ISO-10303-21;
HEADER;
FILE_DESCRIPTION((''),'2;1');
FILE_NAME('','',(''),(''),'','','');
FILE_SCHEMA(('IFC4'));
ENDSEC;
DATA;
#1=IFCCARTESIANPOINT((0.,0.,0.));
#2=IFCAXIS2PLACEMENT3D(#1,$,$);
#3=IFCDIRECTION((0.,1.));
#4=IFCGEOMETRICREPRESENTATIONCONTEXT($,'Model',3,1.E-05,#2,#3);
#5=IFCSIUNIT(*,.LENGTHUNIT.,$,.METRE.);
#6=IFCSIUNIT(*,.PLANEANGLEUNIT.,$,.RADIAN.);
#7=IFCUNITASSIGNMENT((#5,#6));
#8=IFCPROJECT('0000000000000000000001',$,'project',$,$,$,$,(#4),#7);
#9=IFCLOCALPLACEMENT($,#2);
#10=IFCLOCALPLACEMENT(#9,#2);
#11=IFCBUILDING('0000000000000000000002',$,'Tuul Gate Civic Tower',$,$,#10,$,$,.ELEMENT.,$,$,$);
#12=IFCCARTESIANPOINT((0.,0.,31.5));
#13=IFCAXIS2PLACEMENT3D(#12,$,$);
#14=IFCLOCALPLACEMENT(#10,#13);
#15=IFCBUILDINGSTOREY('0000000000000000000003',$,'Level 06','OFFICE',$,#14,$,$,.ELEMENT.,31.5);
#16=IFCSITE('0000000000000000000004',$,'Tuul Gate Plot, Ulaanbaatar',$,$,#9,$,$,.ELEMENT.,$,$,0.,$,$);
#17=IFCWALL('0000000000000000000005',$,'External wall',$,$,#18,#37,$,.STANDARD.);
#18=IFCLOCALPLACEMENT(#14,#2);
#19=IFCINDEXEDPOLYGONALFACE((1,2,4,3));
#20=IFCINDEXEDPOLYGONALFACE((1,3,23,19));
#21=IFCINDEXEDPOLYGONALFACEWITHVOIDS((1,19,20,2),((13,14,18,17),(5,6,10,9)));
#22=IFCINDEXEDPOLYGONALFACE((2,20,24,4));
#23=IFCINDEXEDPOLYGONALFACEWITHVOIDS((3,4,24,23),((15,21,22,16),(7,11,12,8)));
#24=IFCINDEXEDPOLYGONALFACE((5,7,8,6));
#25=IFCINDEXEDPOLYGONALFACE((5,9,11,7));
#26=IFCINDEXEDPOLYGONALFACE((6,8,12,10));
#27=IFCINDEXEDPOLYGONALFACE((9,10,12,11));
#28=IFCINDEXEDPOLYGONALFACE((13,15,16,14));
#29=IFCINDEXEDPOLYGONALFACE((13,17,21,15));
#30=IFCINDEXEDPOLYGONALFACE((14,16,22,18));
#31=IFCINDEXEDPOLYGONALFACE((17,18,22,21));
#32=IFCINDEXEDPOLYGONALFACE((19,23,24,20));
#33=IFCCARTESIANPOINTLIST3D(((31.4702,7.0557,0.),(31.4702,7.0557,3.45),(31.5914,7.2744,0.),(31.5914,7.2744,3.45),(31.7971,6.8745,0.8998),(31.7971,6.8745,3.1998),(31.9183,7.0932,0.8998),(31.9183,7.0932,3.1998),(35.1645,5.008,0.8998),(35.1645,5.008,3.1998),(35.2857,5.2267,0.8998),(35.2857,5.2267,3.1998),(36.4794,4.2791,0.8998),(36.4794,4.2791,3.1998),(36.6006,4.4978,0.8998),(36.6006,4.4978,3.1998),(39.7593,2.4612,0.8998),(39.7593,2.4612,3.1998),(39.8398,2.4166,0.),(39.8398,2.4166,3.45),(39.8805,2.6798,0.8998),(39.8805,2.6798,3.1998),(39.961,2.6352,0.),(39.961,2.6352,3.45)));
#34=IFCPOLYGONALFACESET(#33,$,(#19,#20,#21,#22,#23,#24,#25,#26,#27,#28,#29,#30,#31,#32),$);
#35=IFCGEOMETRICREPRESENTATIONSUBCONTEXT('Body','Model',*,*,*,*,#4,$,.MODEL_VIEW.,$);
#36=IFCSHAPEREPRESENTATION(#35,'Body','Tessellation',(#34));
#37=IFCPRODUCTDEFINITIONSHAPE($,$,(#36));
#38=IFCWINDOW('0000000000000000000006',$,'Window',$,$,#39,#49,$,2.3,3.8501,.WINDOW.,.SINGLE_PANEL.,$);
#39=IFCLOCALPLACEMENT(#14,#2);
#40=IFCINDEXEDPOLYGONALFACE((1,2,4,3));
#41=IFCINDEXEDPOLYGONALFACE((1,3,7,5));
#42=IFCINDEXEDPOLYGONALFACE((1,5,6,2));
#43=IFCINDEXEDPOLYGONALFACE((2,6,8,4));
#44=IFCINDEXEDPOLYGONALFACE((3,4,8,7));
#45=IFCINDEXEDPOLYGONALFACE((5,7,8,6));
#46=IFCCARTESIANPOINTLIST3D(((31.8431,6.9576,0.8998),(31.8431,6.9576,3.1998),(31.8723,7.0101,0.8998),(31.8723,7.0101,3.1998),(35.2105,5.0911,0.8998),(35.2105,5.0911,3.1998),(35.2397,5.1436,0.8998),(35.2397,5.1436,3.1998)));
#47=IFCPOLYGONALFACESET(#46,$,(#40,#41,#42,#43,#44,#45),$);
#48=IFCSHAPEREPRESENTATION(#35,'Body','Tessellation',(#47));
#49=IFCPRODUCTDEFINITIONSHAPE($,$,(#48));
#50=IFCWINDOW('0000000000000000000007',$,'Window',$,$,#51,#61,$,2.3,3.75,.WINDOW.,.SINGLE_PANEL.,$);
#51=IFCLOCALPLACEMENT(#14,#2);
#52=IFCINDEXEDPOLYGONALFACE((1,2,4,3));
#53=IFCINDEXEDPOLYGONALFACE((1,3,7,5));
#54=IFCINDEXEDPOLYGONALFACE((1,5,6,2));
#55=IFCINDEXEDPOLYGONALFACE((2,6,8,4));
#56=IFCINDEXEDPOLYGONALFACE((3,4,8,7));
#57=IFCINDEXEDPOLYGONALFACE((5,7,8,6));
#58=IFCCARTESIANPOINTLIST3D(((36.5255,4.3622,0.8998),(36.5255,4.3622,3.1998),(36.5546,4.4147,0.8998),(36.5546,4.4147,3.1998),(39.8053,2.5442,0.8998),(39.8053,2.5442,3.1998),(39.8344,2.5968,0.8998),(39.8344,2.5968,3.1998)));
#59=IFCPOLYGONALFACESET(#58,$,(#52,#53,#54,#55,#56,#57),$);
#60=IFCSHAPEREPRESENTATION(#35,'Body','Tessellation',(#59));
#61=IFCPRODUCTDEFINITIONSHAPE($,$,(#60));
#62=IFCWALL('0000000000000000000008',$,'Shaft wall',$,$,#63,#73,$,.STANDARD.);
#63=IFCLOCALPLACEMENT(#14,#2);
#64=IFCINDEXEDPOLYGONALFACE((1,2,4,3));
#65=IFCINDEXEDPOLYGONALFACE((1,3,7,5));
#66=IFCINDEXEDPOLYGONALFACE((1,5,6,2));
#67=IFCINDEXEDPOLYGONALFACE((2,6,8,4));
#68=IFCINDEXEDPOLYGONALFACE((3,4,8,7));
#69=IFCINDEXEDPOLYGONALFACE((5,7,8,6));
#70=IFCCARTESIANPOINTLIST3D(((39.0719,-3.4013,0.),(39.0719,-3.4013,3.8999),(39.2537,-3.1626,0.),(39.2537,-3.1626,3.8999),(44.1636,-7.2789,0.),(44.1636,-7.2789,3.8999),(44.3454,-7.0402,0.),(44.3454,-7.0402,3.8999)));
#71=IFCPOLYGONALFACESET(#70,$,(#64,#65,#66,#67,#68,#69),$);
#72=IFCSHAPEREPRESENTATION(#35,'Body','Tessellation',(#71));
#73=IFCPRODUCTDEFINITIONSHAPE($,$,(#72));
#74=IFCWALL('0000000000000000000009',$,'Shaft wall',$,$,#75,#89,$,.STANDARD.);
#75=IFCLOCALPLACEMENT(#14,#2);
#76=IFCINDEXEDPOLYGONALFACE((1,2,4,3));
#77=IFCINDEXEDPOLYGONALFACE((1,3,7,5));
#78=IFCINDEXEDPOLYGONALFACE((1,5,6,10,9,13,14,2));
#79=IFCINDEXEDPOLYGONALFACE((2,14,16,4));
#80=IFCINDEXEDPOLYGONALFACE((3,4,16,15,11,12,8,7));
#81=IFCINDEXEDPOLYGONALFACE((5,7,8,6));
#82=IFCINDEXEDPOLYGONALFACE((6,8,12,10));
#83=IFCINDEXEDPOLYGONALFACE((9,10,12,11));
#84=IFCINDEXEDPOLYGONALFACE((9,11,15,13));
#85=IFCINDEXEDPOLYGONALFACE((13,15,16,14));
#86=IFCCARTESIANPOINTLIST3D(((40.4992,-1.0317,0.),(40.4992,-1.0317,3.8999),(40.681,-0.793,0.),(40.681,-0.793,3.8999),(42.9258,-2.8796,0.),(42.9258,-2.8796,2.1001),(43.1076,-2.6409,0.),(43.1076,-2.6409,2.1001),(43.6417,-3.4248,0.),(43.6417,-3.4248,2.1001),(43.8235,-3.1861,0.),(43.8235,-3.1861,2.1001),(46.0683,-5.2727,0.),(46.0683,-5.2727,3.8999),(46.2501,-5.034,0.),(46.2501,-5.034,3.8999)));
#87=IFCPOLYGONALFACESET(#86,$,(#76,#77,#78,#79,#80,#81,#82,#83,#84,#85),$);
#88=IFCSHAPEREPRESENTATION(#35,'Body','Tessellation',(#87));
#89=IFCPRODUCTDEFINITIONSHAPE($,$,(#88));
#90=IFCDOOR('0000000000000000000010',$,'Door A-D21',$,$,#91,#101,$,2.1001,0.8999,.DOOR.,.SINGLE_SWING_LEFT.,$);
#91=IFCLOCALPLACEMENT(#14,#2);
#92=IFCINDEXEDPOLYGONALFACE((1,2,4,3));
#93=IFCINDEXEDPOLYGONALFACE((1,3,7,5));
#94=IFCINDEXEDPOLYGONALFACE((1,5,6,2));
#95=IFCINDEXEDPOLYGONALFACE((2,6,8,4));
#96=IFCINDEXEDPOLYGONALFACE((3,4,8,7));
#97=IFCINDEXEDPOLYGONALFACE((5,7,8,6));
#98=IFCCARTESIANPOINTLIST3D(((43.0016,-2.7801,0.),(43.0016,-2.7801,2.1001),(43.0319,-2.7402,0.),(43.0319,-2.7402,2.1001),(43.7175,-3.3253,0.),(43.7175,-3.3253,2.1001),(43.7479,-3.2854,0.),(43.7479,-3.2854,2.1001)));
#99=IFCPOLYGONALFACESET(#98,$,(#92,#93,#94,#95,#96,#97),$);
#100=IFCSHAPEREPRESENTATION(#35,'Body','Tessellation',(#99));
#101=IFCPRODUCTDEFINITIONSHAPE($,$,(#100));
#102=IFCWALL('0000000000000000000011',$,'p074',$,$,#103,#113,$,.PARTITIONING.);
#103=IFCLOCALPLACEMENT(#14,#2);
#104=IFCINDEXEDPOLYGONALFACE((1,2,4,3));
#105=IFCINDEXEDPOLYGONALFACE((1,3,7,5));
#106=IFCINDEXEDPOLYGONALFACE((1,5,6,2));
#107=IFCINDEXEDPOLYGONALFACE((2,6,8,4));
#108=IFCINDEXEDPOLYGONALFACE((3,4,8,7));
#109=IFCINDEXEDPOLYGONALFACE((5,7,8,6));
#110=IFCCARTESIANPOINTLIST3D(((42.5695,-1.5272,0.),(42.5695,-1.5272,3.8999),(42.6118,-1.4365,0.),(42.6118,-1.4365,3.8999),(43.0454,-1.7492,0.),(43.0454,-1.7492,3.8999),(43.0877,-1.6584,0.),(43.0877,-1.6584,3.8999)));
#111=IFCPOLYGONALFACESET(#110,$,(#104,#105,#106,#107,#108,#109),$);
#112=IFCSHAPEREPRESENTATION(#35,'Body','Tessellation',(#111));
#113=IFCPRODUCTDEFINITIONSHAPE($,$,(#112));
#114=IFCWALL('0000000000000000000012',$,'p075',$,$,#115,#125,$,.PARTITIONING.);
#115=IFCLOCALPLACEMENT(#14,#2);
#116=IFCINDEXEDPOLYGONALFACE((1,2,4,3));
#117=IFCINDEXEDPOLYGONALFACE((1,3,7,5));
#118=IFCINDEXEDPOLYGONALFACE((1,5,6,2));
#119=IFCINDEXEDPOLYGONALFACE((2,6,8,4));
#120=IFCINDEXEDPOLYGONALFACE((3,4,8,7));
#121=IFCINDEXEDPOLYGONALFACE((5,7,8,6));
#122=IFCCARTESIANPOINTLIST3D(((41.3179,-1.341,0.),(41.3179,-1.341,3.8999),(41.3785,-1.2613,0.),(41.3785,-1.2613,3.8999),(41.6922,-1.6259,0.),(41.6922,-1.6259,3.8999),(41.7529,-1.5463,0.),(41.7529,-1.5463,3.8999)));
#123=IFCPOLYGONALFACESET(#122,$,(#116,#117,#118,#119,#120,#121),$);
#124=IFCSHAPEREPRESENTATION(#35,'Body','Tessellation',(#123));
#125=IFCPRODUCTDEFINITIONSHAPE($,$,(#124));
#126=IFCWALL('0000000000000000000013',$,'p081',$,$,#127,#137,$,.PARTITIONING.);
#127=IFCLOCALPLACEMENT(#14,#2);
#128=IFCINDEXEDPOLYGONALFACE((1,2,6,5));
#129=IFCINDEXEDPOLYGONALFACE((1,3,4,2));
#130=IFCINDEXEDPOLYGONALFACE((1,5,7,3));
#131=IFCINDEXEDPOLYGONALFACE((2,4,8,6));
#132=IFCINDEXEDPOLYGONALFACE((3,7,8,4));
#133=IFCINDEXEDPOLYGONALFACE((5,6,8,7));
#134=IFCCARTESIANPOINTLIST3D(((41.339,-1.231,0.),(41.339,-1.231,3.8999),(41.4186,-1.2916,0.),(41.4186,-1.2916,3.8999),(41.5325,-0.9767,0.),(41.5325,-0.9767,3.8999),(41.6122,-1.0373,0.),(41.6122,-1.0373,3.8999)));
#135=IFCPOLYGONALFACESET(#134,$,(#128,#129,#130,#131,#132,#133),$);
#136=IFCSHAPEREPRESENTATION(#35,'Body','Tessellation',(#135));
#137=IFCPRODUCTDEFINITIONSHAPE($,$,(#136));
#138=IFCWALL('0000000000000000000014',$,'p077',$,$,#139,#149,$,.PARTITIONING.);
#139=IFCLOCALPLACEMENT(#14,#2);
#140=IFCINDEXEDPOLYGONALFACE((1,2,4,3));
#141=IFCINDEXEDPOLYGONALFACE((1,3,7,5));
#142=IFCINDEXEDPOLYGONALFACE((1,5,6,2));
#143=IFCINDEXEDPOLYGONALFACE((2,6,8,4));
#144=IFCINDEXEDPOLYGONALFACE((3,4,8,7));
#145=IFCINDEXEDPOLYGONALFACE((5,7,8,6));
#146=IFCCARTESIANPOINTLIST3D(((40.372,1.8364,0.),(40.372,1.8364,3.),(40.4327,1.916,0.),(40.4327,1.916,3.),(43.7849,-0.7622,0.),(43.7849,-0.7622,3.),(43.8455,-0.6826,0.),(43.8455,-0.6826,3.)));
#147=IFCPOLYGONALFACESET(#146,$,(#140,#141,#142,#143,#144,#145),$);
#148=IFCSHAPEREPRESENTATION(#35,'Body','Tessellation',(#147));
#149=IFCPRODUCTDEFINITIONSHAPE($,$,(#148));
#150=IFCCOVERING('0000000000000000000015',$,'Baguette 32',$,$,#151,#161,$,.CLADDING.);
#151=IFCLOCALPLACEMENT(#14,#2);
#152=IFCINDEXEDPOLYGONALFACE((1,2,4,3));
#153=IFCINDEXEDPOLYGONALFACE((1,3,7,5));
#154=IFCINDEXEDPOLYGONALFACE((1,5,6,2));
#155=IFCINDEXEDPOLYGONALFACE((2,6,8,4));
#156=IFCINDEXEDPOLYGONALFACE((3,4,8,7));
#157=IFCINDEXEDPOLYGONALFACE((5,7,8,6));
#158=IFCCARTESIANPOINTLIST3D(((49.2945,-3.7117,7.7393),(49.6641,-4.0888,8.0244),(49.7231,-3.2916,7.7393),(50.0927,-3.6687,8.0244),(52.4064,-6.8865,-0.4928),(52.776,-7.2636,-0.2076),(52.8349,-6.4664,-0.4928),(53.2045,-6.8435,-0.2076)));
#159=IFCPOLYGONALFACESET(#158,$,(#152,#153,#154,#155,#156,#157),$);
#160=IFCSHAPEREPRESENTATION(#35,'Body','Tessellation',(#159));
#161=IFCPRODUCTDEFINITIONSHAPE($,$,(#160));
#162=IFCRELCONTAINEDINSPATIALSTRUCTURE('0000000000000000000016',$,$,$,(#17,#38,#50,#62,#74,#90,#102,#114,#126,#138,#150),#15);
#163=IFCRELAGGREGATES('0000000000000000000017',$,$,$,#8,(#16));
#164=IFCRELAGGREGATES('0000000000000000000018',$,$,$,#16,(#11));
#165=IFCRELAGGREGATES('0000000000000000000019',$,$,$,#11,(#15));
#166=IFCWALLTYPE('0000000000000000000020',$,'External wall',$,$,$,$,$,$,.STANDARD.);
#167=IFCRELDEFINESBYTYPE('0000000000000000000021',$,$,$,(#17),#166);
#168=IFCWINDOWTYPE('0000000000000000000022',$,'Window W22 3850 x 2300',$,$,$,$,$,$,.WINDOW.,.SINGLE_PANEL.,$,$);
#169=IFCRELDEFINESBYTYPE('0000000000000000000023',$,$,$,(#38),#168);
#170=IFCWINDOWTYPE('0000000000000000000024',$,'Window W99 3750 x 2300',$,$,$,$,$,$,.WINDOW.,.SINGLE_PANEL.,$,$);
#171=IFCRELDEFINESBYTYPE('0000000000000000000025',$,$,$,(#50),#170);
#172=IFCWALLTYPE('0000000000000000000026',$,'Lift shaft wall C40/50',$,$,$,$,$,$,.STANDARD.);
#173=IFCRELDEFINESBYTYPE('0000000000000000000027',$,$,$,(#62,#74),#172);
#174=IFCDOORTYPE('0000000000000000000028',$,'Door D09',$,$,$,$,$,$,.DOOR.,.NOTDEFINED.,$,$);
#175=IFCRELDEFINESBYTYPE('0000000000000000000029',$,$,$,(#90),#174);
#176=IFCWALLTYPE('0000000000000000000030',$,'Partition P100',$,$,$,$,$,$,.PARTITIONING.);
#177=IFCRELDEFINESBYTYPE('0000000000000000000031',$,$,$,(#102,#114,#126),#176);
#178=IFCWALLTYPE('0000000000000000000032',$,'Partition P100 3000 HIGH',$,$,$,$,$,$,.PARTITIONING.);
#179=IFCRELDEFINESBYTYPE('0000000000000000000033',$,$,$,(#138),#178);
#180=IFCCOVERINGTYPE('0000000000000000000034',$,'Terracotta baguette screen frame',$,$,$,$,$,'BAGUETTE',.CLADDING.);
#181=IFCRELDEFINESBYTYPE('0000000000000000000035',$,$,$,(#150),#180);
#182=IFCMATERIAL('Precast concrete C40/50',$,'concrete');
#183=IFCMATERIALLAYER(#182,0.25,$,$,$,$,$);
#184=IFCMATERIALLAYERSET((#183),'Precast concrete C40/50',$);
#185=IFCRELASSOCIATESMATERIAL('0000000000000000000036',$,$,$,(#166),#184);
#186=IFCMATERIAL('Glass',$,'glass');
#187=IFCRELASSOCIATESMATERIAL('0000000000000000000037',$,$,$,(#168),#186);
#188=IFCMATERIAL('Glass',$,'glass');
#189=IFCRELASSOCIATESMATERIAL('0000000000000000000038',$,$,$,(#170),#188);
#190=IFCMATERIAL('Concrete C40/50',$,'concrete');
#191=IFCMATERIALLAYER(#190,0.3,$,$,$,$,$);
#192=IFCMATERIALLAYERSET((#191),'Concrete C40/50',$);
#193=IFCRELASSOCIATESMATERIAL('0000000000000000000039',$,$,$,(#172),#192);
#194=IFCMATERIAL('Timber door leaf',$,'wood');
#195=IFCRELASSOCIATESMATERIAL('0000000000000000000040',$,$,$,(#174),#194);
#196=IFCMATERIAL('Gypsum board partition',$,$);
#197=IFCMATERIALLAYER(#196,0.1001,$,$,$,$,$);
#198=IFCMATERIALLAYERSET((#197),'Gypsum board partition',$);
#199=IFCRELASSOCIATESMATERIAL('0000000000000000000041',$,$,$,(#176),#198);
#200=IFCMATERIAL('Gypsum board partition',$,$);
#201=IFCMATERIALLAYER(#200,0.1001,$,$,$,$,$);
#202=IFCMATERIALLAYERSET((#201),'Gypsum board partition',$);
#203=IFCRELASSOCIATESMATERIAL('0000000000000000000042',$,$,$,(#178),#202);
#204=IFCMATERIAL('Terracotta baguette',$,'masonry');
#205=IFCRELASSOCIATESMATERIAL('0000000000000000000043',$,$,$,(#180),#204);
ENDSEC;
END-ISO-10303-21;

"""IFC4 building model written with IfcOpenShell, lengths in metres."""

from ifc_helpers import new_model, si_unit, direction, frame, frame_2d, origin, origin_2d, place, context, subcontext, project, spatial, rectangle, extrude, material, layer, layer_set, material_profile, profile_set, type_object, element, fill, save


model = new_model("IFC4")

# Units and contexts
model_context = context("Model", 3, precision=1e-05, world=origin(), true_north=direction((0.0, 1.0)))
body_context = subcontext(model_context, "Body", "Model", "MODEL_VIEW")
ifc_project = project(units=[si_unit("LENGTHUNIT", "METRE"), si_unit("PLANEANGLEUNIT", "RADIAN")], contexts=[model_context])

# Site, building, storey
site_placement = place(None, origin())
site = spatial("IfcSite", under=ifc_project, at=site_placement, Name="Tuul Gate Plot, Ulaanbaatar", CompositionType="ELEMENT", RefElevation=0.0)
building_placement = place(site_placement, origin())
building = spatial("IfcBuilding", under=site, at=building_placement, Name="Tuul Gate Civic Tower", CompositionType="ELEMENT")
storey_placement = place(building_placement, frame((0.0, 0.0, 31.5)))
storey = spatial("IfcBuildingStorey", under=building, at=storey_placement, Name="Level 06", Description="OFFICE", CompositionType="ELEMENT", Elevation=31.5)

# Wall, openings, windows
ifc_material_1 = material(Name="Precast concrete C40/50", Category="concrete")
ifc_layer_1 = layer(ifc_material_1, 0.25)
ifc_layer_set_1 = layer_set([ifc_layer_1], Name="Precast concrete C40/50")
wall_type_1 = type_object("IfcWallType", Name="External wall", PredefinedType="STANDARD", material=ifc_layer_set_1)
wall_1_placement = place(storey_placement, frame((39.9004, 2.5259, 0.0), z_axis=(0.0, 0.0, 1.0), x_axis=(-0.874629, 0.484794, 0.0)))
wall_1 = element("IfcWall", 1, at=wall_1_placement, inside=storey, type_object=wall_type_1, Name="External wall", PredefinedType="STANDARD", context=body_context, shape_type="SweptSolid", body=[
    extrude(rectangle(XDim=9.5693, YDim=0.25, at=frame_2d((4.7847, 0.0))), origin(), (0.0, 0.0, 1.0), 3.45),
])
opening_1_placement = place(wall_1_placement, frame((0.092, 0.0, 0.8999)))
opening_1 = element("IfcOpeningElement", 2, at=opening_1_placement, cuts=wall_1, PredefinedType="OPENING", context=body_context, shape_type="SweptSolid", body=[
    extrude(rectangle(XDim=3.75, YDim=2.3, at=frame_2d((1.875, 1.1499))), frame((0.0, 0.135, 0.0), z_axis=(0.0, -1.0, 0.0), x_axis=(1.0, 0.0, 0.0)), (0.0, 0.0, 1.0), 0.27),
])
opening_2_placement = place(wall_1_placement, frame((5.3455, 0.0, 0.8999)))
opening_2 = element("IfcOpeningElement", 3, at=opening_2_placement, cuts=wall_1, PredefinedType="OPENING", context=body_context, shape_type="SweptSolid", body=[
    extrude(rectangle(XDim=3.8501, YDim=2.3, at=frame_2d((1.925, 1.1499))), frame((0.0, 0.135, 0.0), z_axis=(0.0, -1.0, 0.0), x_axis=(1.0, 0.0, 0.0)), (0.0, 0.0, 1.0), 0.27),
])
ifc_material_2 = material(Name="Glass", Category="glass")
window_type_1 = type_object("IfcWindowType", Name="Window W22 3850 x 2300", PartitioningType="SINGLE_PANEL", PredefinedType="WINDOW", material=ifc_material_2)
window_1_placement = place(opening_2_placement, origin())
window_1 = element("IfcWindow", 4, at=window_1_placement, inside=storey, type_object=window_type_1, Name="Window", OverallHeight=2.3, OverallWidth=3.8501, PartitioningType="SINGLE_PANEL", PredefinedType="WINDOW", context=body_context, shape_type="SweptSolid", body=[
    extrude(rectangle(XDim=3.8501, YDim=2.3, at=frame_2d((1.925, 1.1499))), frame((0.0, 0.03, 0.0), z_axis=(0.0, -1.0, 0.0), x_axis=(1.0, 0.0, 0.0)), (0.0, 0.0, 1.0), 0.0601),
])
fill(opening_2, window_1)
ifc_material_3 = material(Name="Glass", Category="glass")
window_type_2 = type_object("IfcWindowType", Name="Window W99 3750 x 2300", PartitioningType="SINGLE_PANEL", PredefinedType="WINDOW", material=ifc_material_3)
window_2_placement = place(opening_1_placement, origin())
window_2 = element("IfcWindow", 5, at=window_2_placement, inside=storey, type_object=window_type_2, Name="Window", OverallHeight=2.3, OverallWidth=3.75, PartitioningType="SINGLE_PANEL", PredefinedType="WINDOW", context=body_context, shape_type="SweptSolid", body=[
    extrude(rectangle(XDim=3.75, YDim=2.3, at=frame_2d((1.875, 1.1499))), frame((0.0, 0.03, 0.0), z_axis=(0.0, -1.0, 0.0), x_axis=(1.0, 0.0, 0.0)), (0.0, 0.0, 1.0), 0.0601),
])
fill(opening_1, window_2)

# Wall
ifc_material_4 = material(Name="Concrete C40/50", Category="concrete")
ifc_layer_2 = layer(ifc_material_4, 0.3)
ifc_layer_set_2 = layer_set([ifc_layer_2], Name="Concrete C40/50")
wall_type_2 = type_object("IfcWallType", Name="Lift shaft wall C40/50", PredefinedType="STANDARD", material=ifc_layer_set_2)
wall_2_placement = place(storey_placement, frame((44.2546, -7.1597, 0.0), z_axis=(0.0, 0.0, 1.0), x_axis=(-0.795566, 0.605867, 0.0)))
element("IfcWall", 6, at=wall_2_placement, inside=storey, type_object=wall_type_2, Name="Shaft wall", PredefinedType="STANDARD", context=body_context, shape_type="SweptSolid", body=[
    extrude(rectangle(XDim=6.4001, YDim=0.3, at=frame_2d((3.2002, 0.0))), origin(), (0.0, 0.0, 1.0), 3.8999),
])

# Wall, opening, door
wall_3_placement = place(storey_placement, frame((46.1592, -5.1533, 0.0), z_axis=(0.0, 0.0, 1.0), x_axis=(-0.79558, 0.605849, 0.0)))
wall_3 = element("IfcWall", 7, at=wall_3_placement, inside=storey, type_object=wall_type_2, Name="Shaft wall", PredefinedType="STANDARD", context=body_context, shape_type="SweptSolid", body=[
    extrude(rectangle(XDim=7.0, YDim=0.3, at=frame_2d((3.5, 0.0))), origin(), (0.0, 0.0, 1.0), 3.8999),
])
opening_3_placement = place(wall_3_placement, frame((3.05, 0.0, 0.0)))
opening_3 = element("IfcOpeningElement", 8, at=opening_3_placement, cuts=wall_3, PredefinedType="OPENING", context=body_context, shape_type="SweptSolid", body=[
    extrude(rectangle(XDim=0.8999, YDim=2.1001, at=frame_2d((0.45, 1.05))), frame((0.0, 0.1602, 0.0), z_axis=(0.0, -1.0, 0.0), x_axis=(1.0, 0.0, 0.0)), (0.0, 0.0, 1.0), 0.3201),
])
ifc_material_5 = material(Name="Timber door leaf", Category="wood")
door_type = type_object("IfcDoorType", Name="Door D09", OperationType="NOTDEFINED", PredefinedType="DOOR", material=ifc_material_5)
door_placement = place(opening_3_placement, origin())
door = element("IfcDoor", 9, at=door_placement, inside=storey, type_object=door_type, Name="Door A-D21", OperationType="SINGLE_SWING_LEFT", OverallHeight=2.1001, OverallWidth=0.8999, PredefinedType="DOOR", context=body_context, shape_type="SweptSolid", body=[
    extrude(rectangle(XDim=0.8999, YDim=2.1001, at=frame_2d((0.45, 1.05))), frame((0.0, 0.0249, 0.0), z_axis=(0.0, -1.0, 0.0), x_axis=(1.0, 0.0, 0.0)), (0.0, 0.0, 1.0), 0.05),
])
fill(opening_3, door)

# Walls
ifc_material_6 = material(Name="Gypsum board partition")
ifc_layer_3 = layer(ifc_material_6, 0.1001)
ifc_layer_set_3 = layer_set([ifc_layer_3], Name="Gypsum board partition")
wall_type_3 = type_object("IfcWallType", Name="Partition P100", PredefinedType="PARTITIONING", material=ifc_layer_set_3)
wall_4_placement = place(storey_placement, frame((43.0667, -1.7039, 0.0), z_axis=(0.0, 0.0, 1.0), x_axis=(-0.906278, 0.422682, 0.0)))
element("IfcWall", 10, at=wall_4_placement, inside=storey, type_object=wall_type_3, Name="p074", PredefinedType="PARTITIONING", context=body_context, shape_type="SweptSolid", body=[
    extrude(rectangle(XDim=0.5251, YDim=0.1001, at=frame_2d((0.2627, 0.0))), origin(), (0.0, 0.0, 1.0), 3.8999),
])
wall_5_placement = place(storey_placement, frame((41.7227, -1.5862, 0.0), z_axis=(0.0, 0.0, 1.0), x_axis=(-0.795682, 0.605715, 0.0)))
element("IfcWall", 11, at=wall_5_placement, inside=storey, type_object=wall_type_3, Name="p075", PredefinedType="PARTITIONING", context=body_context, shape_type="SweptSolid", body=[
    extrude(rectangle(XDim=0.4705, YDim=0.1001, at=frame_2d((0.2354, 0.0))), origin(), (0.0, 0.0, 1.0), 3.8999),
])
wall_6_placement = place(storey_placement, frame((41.5723, -1.0071, 0.0), z_axis=(0.0, 0.0, 1.0), x_axis=(-0.605606, -0.795765, 0.0)))
element("IfcWall", 12, at=wall_6_placement, inside=storey, type_object=wall_type_3, Name="p081", PredefinedType="PARTITIONING", context=body_context, shape_type="SweptSolid", body=[
    extrude(rectangle(XDim=0.3196, YDim=0.1001, at=frame_2d((0.1597, 0.0))), origin(), (0.0, 0.0, 1.0), 3.8999),
])
ifc_material_7 = material(Name="Gypsum board partition")
ifc_layer_4 = layer(ifc_material_7, 0.1001)
ifc_layer_set_4 = layer_set([ifc_layer_4], Name="Gypsum board partition")
wall_type_4 = type_object("IfcWallType", Name="Partition P100 3000 HIGH", PredefinedType="PARTITIONING", material=ifc_layer_set_4)
wall_7_placement = place(storey_placement, frame((40.4023, 1.8762, 0.0), z_axis=(0.0, 0.0, 1.0), x_axis=(0.795615, -0.605803, 0.0)))
element("IfcWall", 13, at=wall_7_placement, inside=storey, type_object=wall_type_4, Name="p077", PredefinedType="PARTITIONING", context=body_context, shape_type="SweptSolid", body=[
    extrude(rectangle(XDim=4.2896, YDim=0.1001, at=frame_2d((2.1448, 0.0))), origin(), (0.0, 0.0, 1.0), 3.0),
])

# Covering
ifc_material_8 = material(Name="Terracotta baguette", Category="masonry")
ifc_material_profile_1 = material_profile(ifc_material_8, rectangle(XDim=0.6001, YDim=0.6001, at=origin_2d()), Name="Terracotta baguette screen frame")
ifc_profile_set_1 = profile_set([ifc_material_profile_1], Name="Terracotta baguette")
covering_type = type_object("IfcCoveringType", Name="Terracotta baguette screen frame", ElementType="BAGUETTE", PredefinedType="CLADDING", material=ifc_profile_set_1)
covering_1_placement = place(storey_placement, frame((49.6936, -3.6902, 7.8818), z_axis=(0.332615, -0.339348, -0.879892), x_axis=(0.714156, 0.699987, 0.0)))
element("IfcCovering", 14, at=covering_1_placement, inside=storey, type_object=covering_type, Name="Baguette 32", PredefinedType="CLADDING", context=body_context, shape_type="SweptSolid", body=[
    extrude(rectangle(XDim=0.6001, YDim=0.6001, at=origin_2d()), origin(), (0.0, 0.0, 1.0), 9.3557),
])

save(model, "model.ifc")
